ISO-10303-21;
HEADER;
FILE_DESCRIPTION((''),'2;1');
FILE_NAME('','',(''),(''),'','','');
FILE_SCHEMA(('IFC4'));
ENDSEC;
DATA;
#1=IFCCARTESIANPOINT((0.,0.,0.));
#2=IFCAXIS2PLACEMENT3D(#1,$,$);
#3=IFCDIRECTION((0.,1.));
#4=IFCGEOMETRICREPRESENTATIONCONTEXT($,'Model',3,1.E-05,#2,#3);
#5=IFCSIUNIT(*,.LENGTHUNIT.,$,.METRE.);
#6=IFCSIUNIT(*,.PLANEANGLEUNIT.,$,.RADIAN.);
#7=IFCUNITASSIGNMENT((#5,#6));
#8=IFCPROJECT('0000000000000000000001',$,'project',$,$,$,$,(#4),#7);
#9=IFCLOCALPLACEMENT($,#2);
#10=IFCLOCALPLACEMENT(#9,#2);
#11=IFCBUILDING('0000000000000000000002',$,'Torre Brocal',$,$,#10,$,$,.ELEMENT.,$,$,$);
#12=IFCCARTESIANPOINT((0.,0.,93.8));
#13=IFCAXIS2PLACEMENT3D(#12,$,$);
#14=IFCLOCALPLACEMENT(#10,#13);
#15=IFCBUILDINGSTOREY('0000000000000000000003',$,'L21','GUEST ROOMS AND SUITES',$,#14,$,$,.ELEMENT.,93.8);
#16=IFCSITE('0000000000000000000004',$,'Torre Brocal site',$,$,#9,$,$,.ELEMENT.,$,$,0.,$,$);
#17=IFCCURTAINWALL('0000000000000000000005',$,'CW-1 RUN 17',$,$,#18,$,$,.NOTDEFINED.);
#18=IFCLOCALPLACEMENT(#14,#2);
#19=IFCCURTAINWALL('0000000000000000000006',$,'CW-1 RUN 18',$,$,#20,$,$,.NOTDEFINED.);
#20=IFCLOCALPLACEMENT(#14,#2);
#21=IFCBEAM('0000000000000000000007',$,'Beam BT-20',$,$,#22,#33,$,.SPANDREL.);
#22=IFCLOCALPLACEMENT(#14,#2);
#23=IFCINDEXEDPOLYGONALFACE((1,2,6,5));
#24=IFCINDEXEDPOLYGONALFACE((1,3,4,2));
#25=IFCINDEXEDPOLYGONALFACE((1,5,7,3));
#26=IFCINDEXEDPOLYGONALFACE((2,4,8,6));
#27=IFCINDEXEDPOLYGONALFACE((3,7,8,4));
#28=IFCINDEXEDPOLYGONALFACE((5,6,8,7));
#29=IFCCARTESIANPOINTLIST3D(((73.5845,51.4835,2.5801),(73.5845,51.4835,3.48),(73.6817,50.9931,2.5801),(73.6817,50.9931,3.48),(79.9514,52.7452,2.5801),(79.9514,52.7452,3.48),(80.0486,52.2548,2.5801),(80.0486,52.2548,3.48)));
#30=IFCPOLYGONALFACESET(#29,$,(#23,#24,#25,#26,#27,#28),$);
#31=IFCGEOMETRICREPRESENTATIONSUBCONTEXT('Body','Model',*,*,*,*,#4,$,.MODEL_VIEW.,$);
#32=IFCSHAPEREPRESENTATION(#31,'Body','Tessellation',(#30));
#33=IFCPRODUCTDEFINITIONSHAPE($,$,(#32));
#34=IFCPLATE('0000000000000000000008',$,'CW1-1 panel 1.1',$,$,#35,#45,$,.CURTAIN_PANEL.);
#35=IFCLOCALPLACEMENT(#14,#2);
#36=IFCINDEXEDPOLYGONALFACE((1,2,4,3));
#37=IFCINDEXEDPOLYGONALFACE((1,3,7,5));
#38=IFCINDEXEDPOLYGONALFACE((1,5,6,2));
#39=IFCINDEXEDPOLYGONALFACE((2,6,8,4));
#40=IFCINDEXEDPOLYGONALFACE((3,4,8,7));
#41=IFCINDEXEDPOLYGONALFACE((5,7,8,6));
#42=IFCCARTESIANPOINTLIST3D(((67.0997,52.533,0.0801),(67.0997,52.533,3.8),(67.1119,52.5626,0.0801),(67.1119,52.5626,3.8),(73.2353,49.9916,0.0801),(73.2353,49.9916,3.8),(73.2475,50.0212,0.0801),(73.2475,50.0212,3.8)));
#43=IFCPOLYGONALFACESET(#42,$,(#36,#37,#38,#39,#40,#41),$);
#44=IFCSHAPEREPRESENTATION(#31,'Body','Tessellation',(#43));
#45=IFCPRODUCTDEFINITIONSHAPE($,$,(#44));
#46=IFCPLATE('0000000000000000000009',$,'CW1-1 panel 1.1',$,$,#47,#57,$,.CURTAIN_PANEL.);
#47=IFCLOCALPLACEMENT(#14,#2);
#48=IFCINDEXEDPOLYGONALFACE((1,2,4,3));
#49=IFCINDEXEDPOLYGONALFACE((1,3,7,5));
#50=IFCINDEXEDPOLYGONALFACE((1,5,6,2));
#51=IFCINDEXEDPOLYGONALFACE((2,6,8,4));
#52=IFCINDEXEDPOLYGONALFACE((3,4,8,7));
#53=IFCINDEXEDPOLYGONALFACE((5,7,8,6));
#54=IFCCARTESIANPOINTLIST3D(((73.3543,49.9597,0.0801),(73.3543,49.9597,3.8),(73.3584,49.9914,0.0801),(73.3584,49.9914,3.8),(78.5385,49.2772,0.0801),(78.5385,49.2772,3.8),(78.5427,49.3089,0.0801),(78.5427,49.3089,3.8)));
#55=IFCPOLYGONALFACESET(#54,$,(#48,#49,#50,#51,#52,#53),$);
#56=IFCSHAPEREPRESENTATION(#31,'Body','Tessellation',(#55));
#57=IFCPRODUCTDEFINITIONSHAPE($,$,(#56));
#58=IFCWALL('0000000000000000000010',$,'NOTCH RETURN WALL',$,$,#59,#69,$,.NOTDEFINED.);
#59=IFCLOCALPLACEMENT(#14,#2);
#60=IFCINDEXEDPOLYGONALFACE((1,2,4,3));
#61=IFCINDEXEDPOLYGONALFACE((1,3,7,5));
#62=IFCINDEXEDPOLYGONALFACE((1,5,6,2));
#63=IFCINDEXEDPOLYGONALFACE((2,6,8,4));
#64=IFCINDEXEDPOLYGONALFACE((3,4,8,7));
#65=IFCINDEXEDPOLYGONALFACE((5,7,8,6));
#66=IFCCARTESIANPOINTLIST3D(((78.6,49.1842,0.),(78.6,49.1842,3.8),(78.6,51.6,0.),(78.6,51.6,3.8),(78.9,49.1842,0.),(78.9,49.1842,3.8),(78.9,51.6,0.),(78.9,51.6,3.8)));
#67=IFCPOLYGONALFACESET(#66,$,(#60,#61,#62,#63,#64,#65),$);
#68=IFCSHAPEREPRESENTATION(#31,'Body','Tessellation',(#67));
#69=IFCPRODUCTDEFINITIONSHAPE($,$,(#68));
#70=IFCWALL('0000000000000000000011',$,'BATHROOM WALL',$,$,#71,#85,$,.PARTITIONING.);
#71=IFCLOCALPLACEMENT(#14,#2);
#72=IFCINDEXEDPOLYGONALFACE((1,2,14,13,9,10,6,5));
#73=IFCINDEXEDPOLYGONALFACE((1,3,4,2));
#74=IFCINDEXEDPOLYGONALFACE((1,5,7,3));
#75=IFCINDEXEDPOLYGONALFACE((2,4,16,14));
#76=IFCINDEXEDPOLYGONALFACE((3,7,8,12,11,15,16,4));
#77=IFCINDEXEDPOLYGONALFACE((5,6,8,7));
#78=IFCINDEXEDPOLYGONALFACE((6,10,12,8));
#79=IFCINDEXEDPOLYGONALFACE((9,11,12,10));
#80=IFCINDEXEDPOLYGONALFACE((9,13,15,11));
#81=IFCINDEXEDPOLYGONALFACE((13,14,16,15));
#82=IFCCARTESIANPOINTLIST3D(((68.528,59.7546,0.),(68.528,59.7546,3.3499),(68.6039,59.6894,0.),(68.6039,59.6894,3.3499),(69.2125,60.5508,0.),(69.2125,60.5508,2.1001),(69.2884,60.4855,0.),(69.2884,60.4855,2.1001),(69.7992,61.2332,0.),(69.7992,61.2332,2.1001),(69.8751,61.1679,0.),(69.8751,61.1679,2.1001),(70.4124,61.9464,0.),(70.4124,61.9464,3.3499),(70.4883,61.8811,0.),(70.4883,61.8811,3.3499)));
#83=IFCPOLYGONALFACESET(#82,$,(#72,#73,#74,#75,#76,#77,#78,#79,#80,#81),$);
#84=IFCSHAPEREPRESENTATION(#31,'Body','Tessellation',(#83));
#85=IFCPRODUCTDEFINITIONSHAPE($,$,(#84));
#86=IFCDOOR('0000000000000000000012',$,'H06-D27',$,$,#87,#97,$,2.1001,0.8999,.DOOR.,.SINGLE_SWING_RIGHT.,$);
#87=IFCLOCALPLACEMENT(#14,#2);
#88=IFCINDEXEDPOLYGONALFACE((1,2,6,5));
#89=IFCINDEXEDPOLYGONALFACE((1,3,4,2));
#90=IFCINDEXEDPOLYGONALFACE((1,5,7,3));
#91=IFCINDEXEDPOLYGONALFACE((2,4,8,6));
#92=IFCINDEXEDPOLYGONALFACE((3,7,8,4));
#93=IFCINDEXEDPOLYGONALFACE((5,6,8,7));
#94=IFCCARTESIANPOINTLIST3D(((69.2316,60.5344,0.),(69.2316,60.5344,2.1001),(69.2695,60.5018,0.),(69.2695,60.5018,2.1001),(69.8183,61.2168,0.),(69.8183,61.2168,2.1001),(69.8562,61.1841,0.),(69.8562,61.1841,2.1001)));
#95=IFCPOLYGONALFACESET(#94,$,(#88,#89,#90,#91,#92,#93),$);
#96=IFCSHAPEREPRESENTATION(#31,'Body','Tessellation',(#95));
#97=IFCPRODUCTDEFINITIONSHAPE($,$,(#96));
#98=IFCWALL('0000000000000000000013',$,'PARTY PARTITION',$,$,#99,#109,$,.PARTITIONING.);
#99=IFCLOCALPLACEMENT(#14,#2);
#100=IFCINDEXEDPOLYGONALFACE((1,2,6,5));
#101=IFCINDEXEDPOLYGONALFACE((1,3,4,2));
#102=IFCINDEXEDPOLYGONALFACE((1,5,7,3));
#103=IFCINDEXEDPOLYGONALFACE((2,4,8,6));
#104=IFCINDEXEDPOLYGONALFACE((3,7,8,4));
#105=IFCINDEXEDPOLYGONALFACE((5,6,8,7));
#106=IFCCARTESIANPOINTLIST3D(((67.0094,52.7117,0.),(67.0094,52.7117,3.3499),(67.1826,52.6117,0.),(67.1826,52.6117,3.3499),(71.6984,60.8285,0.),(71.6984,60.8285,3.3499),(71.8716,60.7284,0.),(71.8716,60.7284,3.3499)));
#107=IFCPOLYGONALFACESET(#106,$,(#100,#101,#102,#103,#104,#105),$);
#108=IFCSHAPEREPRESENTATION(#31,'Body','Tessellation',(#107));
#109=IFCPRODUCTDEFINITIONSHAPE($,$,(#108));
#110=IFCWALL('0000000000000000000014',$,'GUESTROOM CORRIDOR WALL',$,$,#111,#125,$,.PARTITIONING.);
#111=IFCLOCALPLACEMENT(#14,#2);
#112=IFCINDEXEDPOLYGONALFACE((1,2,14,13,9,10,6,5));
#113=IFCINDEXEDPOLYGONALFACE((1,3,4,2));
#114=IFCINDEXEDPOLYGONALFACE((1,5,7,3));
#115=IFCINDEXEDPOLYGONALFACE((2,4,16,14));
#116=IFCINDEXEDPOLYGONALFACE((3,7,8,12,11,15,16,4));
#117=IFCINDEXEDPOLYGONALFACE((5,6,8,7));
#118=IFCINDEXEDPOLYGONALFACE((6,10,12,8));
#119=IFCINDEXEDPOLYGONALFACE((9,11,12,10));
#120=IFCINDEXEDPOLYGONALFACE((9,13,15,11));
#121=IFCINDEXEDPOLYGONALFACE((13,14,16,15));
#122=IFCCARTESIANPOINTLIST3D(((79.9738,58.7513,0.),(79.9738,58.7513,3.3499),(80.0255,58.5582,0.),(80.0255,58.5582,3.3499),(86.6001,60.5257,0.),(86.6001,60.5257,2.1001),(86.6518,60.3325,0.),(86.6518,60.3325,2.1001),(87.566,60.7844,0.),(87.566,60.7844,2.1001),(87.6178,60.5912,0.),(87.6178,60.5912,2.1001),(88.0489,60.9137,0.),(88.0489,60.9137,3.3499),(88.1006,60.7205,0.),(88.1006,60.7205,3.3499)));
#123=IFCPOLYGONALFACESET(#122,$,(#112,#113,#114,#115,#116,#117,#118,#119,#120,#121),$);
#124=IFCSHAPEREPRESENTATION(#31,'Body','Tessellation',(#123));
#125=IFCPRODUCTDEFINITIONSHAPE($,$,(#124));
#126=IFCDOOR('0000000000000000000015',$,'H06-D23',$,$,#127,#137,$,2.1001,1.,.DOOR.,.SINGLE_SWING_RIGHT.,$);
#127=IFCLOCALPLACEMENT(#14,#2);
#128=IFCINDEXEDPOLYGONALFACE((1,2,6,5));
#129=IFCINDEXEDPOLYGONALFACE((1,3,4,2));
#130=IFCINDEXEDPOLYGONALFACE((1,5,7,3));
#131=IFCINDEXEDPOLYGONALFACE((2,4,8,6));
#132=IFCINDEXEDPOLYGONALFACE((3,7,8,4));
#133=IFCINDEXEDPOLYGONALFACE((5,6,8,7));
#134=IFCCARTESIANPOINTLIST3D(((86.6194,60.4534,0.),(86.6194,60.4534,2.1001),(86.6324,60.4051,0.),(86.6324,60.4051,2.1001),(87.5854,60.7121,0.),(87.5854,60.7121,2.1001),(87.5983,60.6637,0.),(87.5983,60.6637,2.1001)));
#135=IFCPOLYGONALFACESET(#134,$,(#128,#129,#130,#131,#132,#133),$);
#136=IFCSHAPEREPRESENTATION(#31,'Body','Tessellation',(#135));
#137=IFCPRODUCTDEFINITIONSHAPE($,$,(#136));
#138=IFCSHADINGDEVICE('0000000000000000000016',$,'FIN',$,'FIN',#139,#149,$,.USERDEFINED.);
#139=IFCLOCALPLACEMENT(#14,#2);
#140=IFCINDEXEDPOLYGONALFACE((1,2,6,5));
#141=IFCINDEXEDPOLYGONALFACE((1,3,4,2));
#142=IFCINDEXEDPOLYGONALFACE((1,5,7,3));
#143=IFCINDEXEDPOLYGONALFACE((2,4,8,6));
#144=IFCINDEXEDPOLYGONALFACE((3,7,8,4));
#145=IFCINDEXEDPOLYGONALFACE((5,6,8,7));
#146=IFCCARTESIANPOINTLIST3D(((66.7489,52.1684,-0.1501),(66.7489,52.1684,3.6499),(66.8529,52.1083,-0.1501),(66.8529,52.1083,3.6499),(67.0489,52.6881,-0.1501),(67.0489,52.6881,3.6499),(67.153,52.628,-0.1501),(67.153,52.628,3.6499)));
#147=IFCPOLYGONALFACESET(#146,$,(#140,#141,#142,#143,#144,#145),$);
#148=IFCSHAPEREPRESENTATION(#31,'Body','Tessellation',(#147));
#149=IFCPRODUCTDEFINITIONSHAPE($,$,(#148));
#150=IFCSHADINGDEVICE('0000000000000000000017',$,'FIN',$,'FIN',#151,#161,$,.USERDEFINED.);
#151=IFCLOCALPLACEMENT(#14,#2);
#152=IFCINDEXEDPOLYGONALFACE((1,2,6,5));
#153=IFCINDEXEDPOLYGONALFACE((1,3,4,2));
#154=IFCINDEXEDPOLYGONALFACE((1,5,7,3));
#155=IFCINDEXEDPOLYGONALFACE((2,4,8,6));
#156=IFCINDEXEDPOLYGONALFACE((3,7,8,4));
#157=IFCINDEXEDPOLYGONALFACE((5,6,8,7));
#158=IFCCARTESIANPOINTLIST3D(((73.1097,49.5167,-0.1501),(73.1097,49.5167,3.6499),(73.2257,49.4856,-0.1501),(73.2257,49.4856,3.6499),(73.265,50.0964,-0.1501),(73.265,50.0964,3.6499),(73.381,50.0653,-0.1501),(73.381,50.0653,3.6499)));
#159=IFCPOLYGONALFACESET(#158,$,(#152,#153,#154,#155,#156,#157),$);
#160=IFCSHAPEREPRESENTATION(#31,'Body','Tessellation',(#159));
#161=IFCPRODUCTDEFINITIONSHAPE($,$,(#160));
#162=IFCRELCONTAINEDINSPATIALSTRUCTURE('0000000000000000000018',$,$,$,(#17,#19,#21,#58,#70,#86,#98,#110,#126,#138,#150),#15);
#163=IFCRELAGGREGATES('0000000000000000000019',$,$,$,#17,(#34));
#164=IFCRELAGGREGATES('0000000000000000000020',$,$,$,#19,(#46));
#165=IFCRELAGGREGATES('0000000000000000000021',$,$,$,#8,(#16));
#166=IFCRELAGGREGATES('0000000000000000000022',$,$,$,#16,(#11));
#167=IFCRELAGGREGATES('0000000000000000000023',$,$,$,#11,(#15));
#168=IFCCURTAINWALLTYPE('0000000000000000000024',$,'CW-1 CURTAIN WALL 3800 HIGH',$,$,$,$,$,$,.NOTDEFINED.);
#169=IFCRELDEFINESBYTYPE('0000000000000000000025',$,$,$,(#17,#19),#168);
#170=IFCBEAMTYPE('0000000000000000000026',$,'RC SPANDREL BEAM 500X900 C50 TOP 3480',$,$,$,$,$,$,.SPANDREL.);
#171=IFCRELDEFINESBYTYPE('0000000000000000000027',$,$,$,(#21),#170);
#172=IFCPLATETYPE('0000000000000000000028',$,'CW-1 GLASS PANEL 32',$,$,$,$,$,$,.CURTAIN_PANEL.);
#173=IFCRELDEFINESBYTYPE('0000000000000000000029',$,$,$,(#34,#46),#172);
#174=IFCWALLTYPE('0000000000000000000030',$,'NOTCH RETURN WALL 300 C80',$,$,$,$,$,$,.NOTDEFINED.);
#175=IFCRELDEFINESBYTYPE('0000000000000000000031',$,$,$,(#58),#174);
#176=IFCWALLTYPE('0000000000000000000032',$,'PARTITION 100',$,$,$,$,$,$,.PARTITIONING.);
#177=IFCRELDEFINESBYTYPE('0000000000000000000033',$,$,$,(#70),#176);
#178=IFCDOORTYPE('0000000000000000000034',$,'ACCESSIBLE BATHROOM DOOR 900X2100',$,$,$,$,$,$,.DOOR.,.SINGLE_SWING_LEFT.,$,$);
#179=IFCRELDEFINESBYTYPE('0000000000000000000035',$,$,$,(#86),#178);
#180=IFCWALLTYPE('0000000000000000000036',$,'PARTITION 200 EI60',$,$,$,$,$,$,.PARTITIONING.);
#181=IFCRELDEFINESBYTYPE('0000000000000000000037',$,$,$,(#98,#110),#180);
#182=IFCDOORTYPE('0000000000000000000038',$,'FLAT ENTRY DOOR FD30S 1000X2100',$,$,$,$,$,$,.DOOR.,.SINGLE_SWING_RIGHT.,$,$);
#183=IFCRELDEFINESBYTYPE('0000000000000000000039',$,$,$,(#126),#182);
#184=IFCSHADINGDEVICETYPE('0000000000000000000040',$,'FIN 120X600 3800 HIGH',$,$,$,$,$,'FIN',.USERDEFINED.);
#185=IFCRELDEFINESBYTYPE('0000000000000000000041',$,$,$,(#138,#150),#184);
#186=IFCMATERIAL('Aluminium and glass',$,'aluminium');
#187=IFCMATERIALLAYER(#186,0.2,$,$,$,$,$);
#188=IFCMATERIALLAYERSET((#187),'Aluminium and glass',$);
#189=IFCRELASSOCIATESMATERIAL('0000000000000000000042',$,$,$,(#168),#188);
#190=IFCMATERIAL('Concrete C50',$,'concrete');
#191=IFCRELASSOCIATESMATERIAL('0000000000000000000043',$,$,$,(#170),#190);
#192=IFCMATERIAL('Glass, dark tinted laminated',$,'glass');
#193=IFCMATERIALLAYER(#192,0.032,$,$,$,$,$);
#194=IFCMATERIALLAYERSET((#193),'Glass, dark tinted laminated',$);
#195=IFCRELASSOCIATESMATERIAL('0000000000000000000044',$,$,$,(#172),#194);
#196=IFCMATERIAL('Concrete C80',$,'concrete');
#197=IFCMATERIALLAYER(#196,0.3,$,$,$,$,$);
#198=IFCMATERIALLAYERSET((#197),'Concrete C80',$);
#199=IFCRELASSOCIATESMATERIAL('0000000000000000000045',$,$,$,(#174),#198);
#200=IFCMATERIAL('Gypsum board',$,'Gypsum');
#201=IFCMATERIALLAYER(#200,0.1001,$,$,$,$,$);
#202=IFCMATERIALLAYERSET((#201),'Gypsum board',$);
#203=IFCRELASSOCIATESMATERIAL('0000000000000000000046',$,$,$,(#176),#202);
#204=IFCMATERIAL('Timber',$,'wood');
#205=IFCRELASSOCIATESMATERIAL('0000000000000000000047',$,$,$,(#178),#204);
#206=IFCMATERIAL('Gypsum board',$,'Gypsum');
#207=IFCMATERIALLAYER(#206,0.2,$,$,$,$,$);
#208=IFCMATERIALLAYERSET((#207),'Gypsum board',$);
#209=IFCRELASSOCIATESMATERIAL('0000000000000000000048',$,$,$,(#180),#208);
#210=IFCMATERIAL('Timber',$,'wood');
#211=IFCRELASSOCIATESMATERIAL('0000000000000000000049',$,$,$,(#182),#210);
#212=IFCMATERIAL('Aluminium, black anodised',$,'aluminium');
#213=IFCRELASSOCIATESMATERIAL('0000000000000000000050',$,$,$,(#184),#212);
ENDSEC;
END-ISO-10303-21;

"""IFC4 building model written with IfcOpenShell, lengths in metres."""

from ifc_helpers import new_model, si_unit, direction, frame, frame_2d, origin, origin_2d, place, context, subcontext, project, spatial, rectangle, extrude, material, layer, layer_set, material_profile, profile_set, type_object, element, fill, aggregate, save


model = new_model("IFC4")

# Units and contexts
model_context = context("Model", 3, precision=1e-05, world=origin(), true_north=direction((0.0, 1.0)))
body_context = subcontext(model_context, "Body", "Model", "MODEL_VIEW")
ifc_project = project(units=[si_unit("LENGTHUNIT", "METRE"), si_unit("PLANEANGLEUNIT", "RADIAN")], contexts=[model_context])

# Site, building, storey
site_placement = place(None, origin())
site = spatial("IfcSite", under=ifc_project, at=site_placement, Name="Torre Brocal site", CompositionType="ELEMENT", RefElevation=0.0)
building_placement = place(site_placement, origin())
building = spatial("IfcBuilding", under=site, at=building_placement, Name="Torre Brocal", CompositionType="ELEMENT")
storey_placement = place(building_placement, frame((0.0, 0.0, 93.8)))
storey = spatial("IfcBuildingStorey", under=building, at=storey_placement, Name="L21", Description="GUEST ROOMS AND SUITES", CompositionType="ELEMENT", Elevation=93.8)

# Shared definitions
ifc_material_1 = material(Name="Aluminium and glass", Category="aluminium")
ifc_layer_1 = layer(ifc_material_1, 0.2)
ifc_layer_set_1 = layer_set([ifc_layer_1], Name="Aluminium and glass")
curtain_wall_type = type_object("IfcCurtainWallType", Name="CW-1 CURTAIN WALL 3800 HIGH", PredefinedType="NOTDEFINED", material=ifc_layer_set_1)

# Curtain walls
curtain_wall_1_placement = place(storey_placement, origin())
curtain_wall_1 = element("IfcCurtainWall", 1, at=curtain_wall_1_placement, inside=storey, type_object=curtain_wall_type, Name="CW-1 RUN 17", PredefinedType="NOTDEFINED")
curtain_wall_2_placement = place(storey_placement, origin())
curtain_wall_2 = element("IfcCurtainWall", 2, at=curtain_wall_2_placement, inside=storey, type_object=curtain_wall_type, Name="CW-1 RUN 18", PredefinedType="NOTDEFINED")

# Beam
ifc_material_2 = material(Name="Concrete C50", Category="concrete")
ifc_material_profile_1 = material_profile(ifc_material_2, rectangle(XDim=0.5, YDim=0.8999, at=origin_2d()), Name="RC 500X900")
ifc_profile_set_1 = profile_set([ifc_material_profile_1], Name="Concrete C50")
beam_type_1 = type_object("IfcBeamType", Name="RC SPANDREL BEAM 500X900 C50 TOP 3480", PredefinedType="SPANDREL", material=ifc_profile_set_1)
beam_1_placement = place(storey_placement, frame((73.6331, 51.2383, 3.03), z_axis=(0.980925, 0.194387, 0.0), x_axis=(-0.194387, 0.980925, 0.0)))
element("IfcBeam", 3, at=beam_1_placement, inside=storey, type_object=beam_type_1, Name="Beam BT-20", PredefinedType="SPANDREL", context=body_context, shape_type="SweptSolid", body=[
    extrude(rectangle(XDim=0.5, YDim=0.8999, at=origin_2d()), origin(), (0.0, 0.0, 1.0), 6.4907),
])

# Plates
ifc_material_3 = material(Name="Glass, dark tinted laminated", Category="glass")
ifc_layer_2 = layer(ifc_material_3, 0.032)
ifc_layer_set_2 = layer_set([ifc_layer_2], Name="Glass, dark tinted laminated")
plate_type = type_object("IfcPlateType", Name="CW-1 GLASS PANEL 32", PredefinedType="CURTAIN_PANEL", material=ifc_layer_set_2)
plate_1_placement = place(storey_placement, frame((70.1736, 51.2771, 0.0801), z_axis=(0.0, 0.0, 1.0), x_axis=(0.92388, -0.382683, 0.0)))
plate_1 = element("IfcPlate", 4, at=plate_1_placement, type_object=plate_type, Name="CW1-1 panel 1.1", PredefinedType="CURTAIN_PANEL", context=body_context, shape_type="SweptSolid", body=[
    extrude(rectangle(XDim=6.6411, YDim=0.032, at=origin_2d()), origin(), (0.0, 0.0, 1.0), 3.72),
])
aggregate(curtain_wall_1, [plate_1])
plate_2_placement = place(storey_placement, frame((75.9485, 49.6343, 0.0801), z_axis=(0.0, 0.0, 1.0), x_axis=(0.991445, -0.130526, 0.0)))
plate_2 = element("IfcPlate", 5, at=plate_2_placement, type_object=plate_type, Name="CW1-1 panel 1.1", PredefinedType="CURTAIN_PANEL", context=body_context, shape_type="SweptSolid", body=[
    extrude(rectangle(XDim=5.229, YDim=0.032, at=origin_2d()), origin(), (0.0, 0.0, 1.0), 3.72),
])
aggregate(curtain_wall_2, [plate_2])

# Wall
ifc_material_4 = material(Name="Concrete C80", Category="concrete")
ifc_layer_3 = layer(ifc_material_4, 0.3)
ifc_layer_set_3 = layer_set([ifc_layer_3], Name="Concrete C80")
wall_type_1 = type_object("IfcWallType", Name="NOTCH RETURN WALL 300 C80", PredefinedType="NOTDEFINED", material=ifc_layer_set_3)
wall_1_placement = place(storey_placement, frame((78.75, 51.6001, 0.0), z_axis=(0.0, 0.0, 1.0), x_axis=(0.0, -1.0, 0.0)))
element("IfcWall", 6, at=wall_1_placement, inside=storey, type_object=wall_type_1, Name="NOTCH RETURN WALL", PredefinedType="NOTDEFINED", context=body_context, shape_type="SweptSolid", body=[
    extrude(rectangle(XDim=2.4158, YDim=0.3, at=frame_2d((1.208, 0.0))), origin(), (0.0, 0.0, 1.0), 3.8),
])

# Wall, opening, door
ifc_material_5 = material(Name="Gypsum board", Category="Gypsum")
ifc_layer_4 = layer(ifc_material_5, 0.1001)
ifc_layer_set_4 = layer_set([ifc_layer_4], Name="Gypsum board")
wall_type_2 = type_object("IfcWallType", Name="PARTITION 100", PredefinedType="PARTITIONING", material=ifc_layer_set_4)
wall_2_placement = place(storey_placement, frame((68.5659, 59.7219, 0.0), z_axis=(0.0, 0.0, 1.0), x_axis=(0.651931, 0.758278, 0.0)))
wall_2 = element("IfcWall", 7, at=wall_2_placement, inside=storey, type_object=wall_type_2, Name="BATHROOM WALL", PredefinedType="PARTITIONING", context=body_context, shape_type="SweptSolid", body=[
    extrude(rectangle(XDim=2.8904, YDim=0.1001, at=frame_2d((1.4453, 0.0))), origin(), (0.0, 0.0, 1.0), 3.3499),
])
opening_1_placement = place(wall_2_placement, frame((1.05, 0.0, 0.0)))
opening_1 = element("IfcOpeningElement", 8, at=opening_1_placement, cuts=wall_2, PredefinedType="OPENING", context=body_context, shape_type="SweptSolid", body=[
    extrude(rectangle(XDim=0.8999, YDim=2.1001, at=frame_2d((0.45, 1.05))), frame((0.0, 0.0601, 0.0), z_axis=(0.0, -1.0, 0.0), x_axis=(1.0, 0.0, 0.0)), (0.0, 0.0, 1.0), 0.1201),
])
ifc_material_6 = material(Name="Timber", Category="wood")
door_type_1 = type_object("IfcDoorType", Name="ACCESSIBLE BATHROOM DOOR 900X2100", OperationType="SINGLE_SWING_LEFT", PredefinedType="DOOR", material=ifc_material_6)
door_1_placement = place(opening_1_placement, origin())
door_1 = element("IfcDoor", 9, at=door_1_placement, inside=storey, type_object=door_type_1, Name="H06-D27", OperationType="SINGLE_SWING_RIGHT", OverallHeight=2.1001, OverallWidth=0.8999, PredefinedType="DOOR", context=body_context, shape_type="SweptSolid", body=[
    extrude(rectangle(XDim=0.8999, YDim=2.1001, at=frame_2d((0.45, 1.05))), frame((0.0, 0.0249, 0.0), z_axis=(0.0, -1.0, 0.0), x_axis=(1.0, 0.0, 0.0)), (0.0, 0.0, 1.0), 0.05),
])
fill(opening_1, door_1)

# Wall
ifc_material_7 = material(Name="Gypsum board", Category="Gypsum")
ifc_layer_5 = layer(ifc_material_7, 0.2)
ifc_layer_set_5 = layer_set([ifc_layer_5], Name="Gypsum board")
wall_type_3 = type_object("IfcWallType", Name="PARTITION 200 EI60", PredefinedType="PARTITIONING", material=ifc_layer_set_5)
wall_3_placement = place(storey_placement, frame((67.0959, 52.6616, 0.0), z_axis=(0.0, 0.0, 1.0), x_axis=(0.500223, 0.865897, 0.0)))
element("IfcWall", 10, at=wall_3_placement, inside=storey, type_object=wall_type_3, Name="PARTY PARTITION", PredefinedType="PARTITIONING", context=body_context, shape_type="SweptSolid", body=[
    extrude(rectangle(XDim=9.3738, YDim=0.2, at=frame_2d((4.687, 0.0))), origin(), (0.0, 0.0, 1.0), 3.3499),
])

# Wall, opening, door
wall_4_placement = place(storey_placement, frame((79.9998, 58.6548, 0.0), z_axis=(0.0, 0.0, 1.0), x_axis=(0.965967, 0.258664, 0.0)))
wall_4 = element("IfcWall", 11, at=wall_4_placement, inside=storey, type_object=wall_type_3, Name="GUESTROOM CORRIDOR WALL", PredefinedType="PARTITIONING", context=body_context, shape_type="SweptSolid", body=[
    extrude(rectangle(XDim=8.3596, YDim=0.2, at=frame_2d((4.1797, 0.0))), origin(), (0.0, 0.0, 1.0), 3.3499),
])
opening_2_placement = place(wall_4_placement, frame((6.8596, 0.0, 0.0)))
opening_2 = element("IfcOpeningElement", 12, at=opening_2_placement, cuts=wall_4, PredefinedType="OPENING", context=body_context, shape_type="SweptSolid", body=[
    extrude(rectangle(XDim=1.0, YDim=2.1001, at=frame_2d((0.5, 1.05))), frame((0.0, 0.1099, 0.0), z_axis=(0.0, -1.0, 0.0), x_axis=(1.0, 0.0, 0.0)), (0.0, 0.0, 1.0), 0.22),
])
ifc_material_8 = material(Name="Timber", Category="wood")
door_type_2 = type_object("IfcDoorType", Name="FLAT ENTRY DOOR FD30S 1000X2100", OperationType="SINGLE_SWING_RIGHT", PredefinedType="DOOR", material=ifc_material_8)
door_2_placement = place(opening_2_placement, frame((1.0, 0.0, 0.0), z_axis=(0.0, 0.0, 1.0), x_axis=(-1.0, 0.0, 0.0)))
door_2 = element("IfcDoor", 13, at=door_2_placement, inside=storey, type_object=door_type_2, Name="H06-D23", OperationType="SINGLE_SWING_RIGHT", OverallHeight=2.1001, OverallWidth=1.0, PredefinedType="DOOR", context=body_context, shape_type="SweptSolid", body=[
    extrude(rectangle(XDim=1.0, YDim=2.1001, at=frame_2d((0.5, 1.05))), frame((0.0, 0.0249, 0.0), z_axis=(0.0, -1.0, 0.0), x_axis=(1.0, 0.0, 0.0)), (0.0, 0.0, 1.0), 0.05),
])
fill(opening_2, door_2)

# Shading devices
ifc_material_9 = material(Name="Aluminium, black anodised", Category="aluminium")
ifc_material_profile_2 = material_profile(ifc_material_9, rectangle(XDim=0.1201, YDim=0.6001, at=origin_2d()), Name="FIN 120X600 3800 HIGH")
ifc_profile_set_2 = profile_set([ifc_material_profile_2], Name="Aluminium, black anodised")
shading_device_type = type_object("IfcShadingDeviceType", Name="FIN 120X600 3800 HIGH", ElementType="FIN", PredefinedType="USERDEFINED", material=ifc_profile_set_2)
for number, where, z_axis, x_axis, name in (
    (14, (66.9509, 52.3982, -0.1501), (0.0, 0.0, 1.0), (0.866025, -0.5, 0.0), "FIN"),
    (15, (73.2454, 49.791, -0.1501), (0.0, 0.0, 1.0), (0.965926, -0.258819, 0.0), "FIN"),
):
    element("IfcShadingDevice", number, at=place(storey_placement, frame(where, z_axis=z_axis, x_axis=x_axis)), inside=storey, type_object=shading_device_type, Name=name, ObjectType="FIN", PredefinedType="USERDEFINED", context=body_context, shape_type="SweptSolid", body=[
        extrude(rectangle(XDim=0.1201, YDim=0.6001, at=origin_2d()), origin(), (0.0, 0.0, 1.0), 3.8),
    ])

save(model, "model.ifc")
